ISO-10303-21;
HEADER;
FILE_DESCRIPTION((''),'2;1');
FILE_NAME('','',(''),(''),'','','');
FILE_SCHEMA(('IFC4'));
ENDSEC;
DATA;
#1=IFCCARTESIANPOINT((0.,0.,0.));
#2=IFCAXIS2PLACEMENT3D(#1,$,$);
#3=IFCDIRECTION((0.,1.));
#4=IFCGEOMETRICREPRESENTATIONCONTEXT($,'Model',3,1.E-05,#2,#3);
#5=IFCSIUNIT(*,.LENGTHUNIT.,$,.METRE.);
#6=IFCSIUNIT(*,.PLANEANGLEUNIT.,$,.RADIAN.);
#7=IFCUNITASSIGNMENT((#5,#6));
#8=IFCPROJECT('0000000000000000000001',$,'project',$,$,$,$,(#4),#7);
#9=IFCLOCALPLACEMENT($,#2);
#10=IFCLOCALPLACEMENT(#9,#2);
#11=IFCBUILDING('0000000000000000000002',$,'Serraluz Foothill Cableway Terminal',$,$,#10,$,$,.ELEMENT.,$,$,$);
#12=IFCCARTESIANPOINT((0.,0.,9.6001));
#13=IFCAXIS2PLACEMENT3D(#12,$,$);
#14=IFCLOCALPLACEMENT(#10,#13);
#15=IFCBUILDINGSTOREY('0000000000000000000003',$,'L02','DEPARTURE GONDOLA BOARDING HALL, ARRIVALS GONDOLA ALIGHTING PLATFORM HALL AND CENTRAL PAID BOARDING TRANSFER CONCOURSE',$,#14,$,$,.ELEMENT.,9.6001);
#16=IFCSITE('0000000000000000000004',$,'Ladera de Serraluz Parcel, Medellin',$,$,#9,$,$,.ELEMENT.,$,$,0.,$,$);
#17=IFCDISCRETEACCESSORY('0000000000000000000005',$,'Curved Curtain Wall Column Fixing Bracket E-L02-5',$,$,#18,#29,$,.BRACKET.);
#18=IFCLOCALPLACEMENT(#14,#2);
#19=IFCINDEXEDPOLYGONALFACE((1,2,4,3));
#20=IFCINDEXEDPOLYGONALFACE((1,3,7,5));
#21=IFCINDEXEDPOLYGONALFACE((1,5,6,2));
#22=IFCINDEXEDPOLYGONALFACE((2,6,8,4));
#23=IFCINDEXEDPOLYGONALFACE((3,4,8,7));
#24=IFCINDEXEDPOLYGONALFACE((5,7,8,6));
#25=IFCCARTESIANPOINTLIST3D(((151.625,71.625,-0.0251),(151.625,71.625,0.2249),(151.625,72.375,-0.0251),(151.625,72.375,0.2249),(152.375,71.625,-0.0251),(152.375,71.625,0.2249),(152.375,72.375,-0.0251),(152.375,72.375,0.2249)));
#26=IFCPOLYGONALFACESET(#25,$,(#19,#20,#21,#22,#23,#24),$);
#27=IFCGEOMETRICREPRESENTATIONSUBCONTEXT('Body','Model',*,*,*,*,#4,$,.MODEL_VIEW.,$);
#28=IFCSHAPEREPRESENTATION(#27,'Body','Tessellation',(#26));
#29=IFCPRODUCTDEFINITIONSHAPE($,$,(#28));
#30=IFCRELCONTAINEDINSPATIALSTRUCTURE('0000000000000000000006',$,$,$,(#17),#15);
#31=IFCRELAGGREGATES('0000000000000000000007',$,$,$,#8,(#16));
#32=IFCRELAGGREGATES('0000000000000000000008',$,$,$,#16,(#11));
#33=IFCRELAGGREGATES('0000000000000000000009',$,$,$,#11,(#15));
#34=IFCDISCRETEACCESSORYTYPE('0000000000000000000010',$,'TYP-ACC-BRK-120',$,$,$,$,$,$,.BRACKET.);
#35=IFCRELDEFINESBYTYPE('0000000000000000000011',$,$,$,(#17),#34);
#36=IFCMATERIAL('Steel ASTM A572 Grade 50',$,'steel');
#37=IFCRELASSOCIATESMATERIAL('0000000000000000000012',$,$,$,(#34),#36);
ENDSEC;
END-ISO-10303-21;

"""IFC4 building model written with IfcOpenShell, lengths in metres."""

from ifc_helpers import new_model, si_unit, direction, frame, origin, origin_2d, place, context, subcontext, project, spatial, rectangle, extrude, material, type_object, element, save


model = new_model("IFC4")

# Units and contexts
model_context = context("Model", 3, precision=1e-05, world=origin(), true_north=direction((0.0, 1.0)))
body_context = subcontext(model_context, "Body", "Model", "MODEL_VIEW")
ifc_project = project(units=[si_unit("LENGTHUNIT", "METRE"), si_unit("PLANEANGLEUNIT", "RADIAN")], contexts=[model_context])

# Site, building, storey
site_placement = place(None, origin())
site = spatial("IfcSite", under=ifc_project, at=site_placement, Name="Ladera de Serraluz Parcel, Medellin", CompositionType="ELEMENT", RefElevation=0.0)
building_placement = place(site_placement, origin())
building = spatial("IfcBuilding", under=site, at=building_placement, Name="Serraluz Foothill Cableway Terminal", CompositionType="ELEMENT")
storey_placement = place(building_placement, frame((0.0, 0.0, 9.6001)))
storey = spatial("IfcBuildingStorey", under=building, at=storey_placement, Name="L02", Description="DEPARTURE GONDOLA BOARDING HALL, ARRIVALS GONDOLA ALIGHTING PLATFORM HALL AND CENTRAL PAID BOARDING TRANSFER CONCOURSE", CompositionType="ELEMENT", Elevation=9.6001)

# Shared definitions
ifc_material_1 = material(Name="Steel ASTM A572 Grade 50", Category="steel")

# Discrete accessory
discrete_accessory_type = type_object("IfcDiscreteAccessoryType", Name="TYP-ACC-BRK-120", PredefinedType="BRACKET", material=ifc_material_1)
discrete_accessory_placement = place(storey_placement, frame((152.0, 72.0, -0.0251), z_axis=(0.0, 0.0, 1.0), x_axis=(1.0, 0.0, 0.0)))
element("IfcDiscreteAccessory", 1, at=discrete_accessory_placement, inside=storey, type_object=discrete_accessory_type, Name="Curved Curtain Wall Column Fixing Bracket E-L02-5", PredefinedType="BRACKET", context=body_context, shape_type="SweptSolid", body=[
    extrude(rectangle(XDim=0.75, YDim=0.75, at=origin_2d()), origin(), (0.0, 0.0, 1.0), 0.25),
])

save(model, "model.ifc")
